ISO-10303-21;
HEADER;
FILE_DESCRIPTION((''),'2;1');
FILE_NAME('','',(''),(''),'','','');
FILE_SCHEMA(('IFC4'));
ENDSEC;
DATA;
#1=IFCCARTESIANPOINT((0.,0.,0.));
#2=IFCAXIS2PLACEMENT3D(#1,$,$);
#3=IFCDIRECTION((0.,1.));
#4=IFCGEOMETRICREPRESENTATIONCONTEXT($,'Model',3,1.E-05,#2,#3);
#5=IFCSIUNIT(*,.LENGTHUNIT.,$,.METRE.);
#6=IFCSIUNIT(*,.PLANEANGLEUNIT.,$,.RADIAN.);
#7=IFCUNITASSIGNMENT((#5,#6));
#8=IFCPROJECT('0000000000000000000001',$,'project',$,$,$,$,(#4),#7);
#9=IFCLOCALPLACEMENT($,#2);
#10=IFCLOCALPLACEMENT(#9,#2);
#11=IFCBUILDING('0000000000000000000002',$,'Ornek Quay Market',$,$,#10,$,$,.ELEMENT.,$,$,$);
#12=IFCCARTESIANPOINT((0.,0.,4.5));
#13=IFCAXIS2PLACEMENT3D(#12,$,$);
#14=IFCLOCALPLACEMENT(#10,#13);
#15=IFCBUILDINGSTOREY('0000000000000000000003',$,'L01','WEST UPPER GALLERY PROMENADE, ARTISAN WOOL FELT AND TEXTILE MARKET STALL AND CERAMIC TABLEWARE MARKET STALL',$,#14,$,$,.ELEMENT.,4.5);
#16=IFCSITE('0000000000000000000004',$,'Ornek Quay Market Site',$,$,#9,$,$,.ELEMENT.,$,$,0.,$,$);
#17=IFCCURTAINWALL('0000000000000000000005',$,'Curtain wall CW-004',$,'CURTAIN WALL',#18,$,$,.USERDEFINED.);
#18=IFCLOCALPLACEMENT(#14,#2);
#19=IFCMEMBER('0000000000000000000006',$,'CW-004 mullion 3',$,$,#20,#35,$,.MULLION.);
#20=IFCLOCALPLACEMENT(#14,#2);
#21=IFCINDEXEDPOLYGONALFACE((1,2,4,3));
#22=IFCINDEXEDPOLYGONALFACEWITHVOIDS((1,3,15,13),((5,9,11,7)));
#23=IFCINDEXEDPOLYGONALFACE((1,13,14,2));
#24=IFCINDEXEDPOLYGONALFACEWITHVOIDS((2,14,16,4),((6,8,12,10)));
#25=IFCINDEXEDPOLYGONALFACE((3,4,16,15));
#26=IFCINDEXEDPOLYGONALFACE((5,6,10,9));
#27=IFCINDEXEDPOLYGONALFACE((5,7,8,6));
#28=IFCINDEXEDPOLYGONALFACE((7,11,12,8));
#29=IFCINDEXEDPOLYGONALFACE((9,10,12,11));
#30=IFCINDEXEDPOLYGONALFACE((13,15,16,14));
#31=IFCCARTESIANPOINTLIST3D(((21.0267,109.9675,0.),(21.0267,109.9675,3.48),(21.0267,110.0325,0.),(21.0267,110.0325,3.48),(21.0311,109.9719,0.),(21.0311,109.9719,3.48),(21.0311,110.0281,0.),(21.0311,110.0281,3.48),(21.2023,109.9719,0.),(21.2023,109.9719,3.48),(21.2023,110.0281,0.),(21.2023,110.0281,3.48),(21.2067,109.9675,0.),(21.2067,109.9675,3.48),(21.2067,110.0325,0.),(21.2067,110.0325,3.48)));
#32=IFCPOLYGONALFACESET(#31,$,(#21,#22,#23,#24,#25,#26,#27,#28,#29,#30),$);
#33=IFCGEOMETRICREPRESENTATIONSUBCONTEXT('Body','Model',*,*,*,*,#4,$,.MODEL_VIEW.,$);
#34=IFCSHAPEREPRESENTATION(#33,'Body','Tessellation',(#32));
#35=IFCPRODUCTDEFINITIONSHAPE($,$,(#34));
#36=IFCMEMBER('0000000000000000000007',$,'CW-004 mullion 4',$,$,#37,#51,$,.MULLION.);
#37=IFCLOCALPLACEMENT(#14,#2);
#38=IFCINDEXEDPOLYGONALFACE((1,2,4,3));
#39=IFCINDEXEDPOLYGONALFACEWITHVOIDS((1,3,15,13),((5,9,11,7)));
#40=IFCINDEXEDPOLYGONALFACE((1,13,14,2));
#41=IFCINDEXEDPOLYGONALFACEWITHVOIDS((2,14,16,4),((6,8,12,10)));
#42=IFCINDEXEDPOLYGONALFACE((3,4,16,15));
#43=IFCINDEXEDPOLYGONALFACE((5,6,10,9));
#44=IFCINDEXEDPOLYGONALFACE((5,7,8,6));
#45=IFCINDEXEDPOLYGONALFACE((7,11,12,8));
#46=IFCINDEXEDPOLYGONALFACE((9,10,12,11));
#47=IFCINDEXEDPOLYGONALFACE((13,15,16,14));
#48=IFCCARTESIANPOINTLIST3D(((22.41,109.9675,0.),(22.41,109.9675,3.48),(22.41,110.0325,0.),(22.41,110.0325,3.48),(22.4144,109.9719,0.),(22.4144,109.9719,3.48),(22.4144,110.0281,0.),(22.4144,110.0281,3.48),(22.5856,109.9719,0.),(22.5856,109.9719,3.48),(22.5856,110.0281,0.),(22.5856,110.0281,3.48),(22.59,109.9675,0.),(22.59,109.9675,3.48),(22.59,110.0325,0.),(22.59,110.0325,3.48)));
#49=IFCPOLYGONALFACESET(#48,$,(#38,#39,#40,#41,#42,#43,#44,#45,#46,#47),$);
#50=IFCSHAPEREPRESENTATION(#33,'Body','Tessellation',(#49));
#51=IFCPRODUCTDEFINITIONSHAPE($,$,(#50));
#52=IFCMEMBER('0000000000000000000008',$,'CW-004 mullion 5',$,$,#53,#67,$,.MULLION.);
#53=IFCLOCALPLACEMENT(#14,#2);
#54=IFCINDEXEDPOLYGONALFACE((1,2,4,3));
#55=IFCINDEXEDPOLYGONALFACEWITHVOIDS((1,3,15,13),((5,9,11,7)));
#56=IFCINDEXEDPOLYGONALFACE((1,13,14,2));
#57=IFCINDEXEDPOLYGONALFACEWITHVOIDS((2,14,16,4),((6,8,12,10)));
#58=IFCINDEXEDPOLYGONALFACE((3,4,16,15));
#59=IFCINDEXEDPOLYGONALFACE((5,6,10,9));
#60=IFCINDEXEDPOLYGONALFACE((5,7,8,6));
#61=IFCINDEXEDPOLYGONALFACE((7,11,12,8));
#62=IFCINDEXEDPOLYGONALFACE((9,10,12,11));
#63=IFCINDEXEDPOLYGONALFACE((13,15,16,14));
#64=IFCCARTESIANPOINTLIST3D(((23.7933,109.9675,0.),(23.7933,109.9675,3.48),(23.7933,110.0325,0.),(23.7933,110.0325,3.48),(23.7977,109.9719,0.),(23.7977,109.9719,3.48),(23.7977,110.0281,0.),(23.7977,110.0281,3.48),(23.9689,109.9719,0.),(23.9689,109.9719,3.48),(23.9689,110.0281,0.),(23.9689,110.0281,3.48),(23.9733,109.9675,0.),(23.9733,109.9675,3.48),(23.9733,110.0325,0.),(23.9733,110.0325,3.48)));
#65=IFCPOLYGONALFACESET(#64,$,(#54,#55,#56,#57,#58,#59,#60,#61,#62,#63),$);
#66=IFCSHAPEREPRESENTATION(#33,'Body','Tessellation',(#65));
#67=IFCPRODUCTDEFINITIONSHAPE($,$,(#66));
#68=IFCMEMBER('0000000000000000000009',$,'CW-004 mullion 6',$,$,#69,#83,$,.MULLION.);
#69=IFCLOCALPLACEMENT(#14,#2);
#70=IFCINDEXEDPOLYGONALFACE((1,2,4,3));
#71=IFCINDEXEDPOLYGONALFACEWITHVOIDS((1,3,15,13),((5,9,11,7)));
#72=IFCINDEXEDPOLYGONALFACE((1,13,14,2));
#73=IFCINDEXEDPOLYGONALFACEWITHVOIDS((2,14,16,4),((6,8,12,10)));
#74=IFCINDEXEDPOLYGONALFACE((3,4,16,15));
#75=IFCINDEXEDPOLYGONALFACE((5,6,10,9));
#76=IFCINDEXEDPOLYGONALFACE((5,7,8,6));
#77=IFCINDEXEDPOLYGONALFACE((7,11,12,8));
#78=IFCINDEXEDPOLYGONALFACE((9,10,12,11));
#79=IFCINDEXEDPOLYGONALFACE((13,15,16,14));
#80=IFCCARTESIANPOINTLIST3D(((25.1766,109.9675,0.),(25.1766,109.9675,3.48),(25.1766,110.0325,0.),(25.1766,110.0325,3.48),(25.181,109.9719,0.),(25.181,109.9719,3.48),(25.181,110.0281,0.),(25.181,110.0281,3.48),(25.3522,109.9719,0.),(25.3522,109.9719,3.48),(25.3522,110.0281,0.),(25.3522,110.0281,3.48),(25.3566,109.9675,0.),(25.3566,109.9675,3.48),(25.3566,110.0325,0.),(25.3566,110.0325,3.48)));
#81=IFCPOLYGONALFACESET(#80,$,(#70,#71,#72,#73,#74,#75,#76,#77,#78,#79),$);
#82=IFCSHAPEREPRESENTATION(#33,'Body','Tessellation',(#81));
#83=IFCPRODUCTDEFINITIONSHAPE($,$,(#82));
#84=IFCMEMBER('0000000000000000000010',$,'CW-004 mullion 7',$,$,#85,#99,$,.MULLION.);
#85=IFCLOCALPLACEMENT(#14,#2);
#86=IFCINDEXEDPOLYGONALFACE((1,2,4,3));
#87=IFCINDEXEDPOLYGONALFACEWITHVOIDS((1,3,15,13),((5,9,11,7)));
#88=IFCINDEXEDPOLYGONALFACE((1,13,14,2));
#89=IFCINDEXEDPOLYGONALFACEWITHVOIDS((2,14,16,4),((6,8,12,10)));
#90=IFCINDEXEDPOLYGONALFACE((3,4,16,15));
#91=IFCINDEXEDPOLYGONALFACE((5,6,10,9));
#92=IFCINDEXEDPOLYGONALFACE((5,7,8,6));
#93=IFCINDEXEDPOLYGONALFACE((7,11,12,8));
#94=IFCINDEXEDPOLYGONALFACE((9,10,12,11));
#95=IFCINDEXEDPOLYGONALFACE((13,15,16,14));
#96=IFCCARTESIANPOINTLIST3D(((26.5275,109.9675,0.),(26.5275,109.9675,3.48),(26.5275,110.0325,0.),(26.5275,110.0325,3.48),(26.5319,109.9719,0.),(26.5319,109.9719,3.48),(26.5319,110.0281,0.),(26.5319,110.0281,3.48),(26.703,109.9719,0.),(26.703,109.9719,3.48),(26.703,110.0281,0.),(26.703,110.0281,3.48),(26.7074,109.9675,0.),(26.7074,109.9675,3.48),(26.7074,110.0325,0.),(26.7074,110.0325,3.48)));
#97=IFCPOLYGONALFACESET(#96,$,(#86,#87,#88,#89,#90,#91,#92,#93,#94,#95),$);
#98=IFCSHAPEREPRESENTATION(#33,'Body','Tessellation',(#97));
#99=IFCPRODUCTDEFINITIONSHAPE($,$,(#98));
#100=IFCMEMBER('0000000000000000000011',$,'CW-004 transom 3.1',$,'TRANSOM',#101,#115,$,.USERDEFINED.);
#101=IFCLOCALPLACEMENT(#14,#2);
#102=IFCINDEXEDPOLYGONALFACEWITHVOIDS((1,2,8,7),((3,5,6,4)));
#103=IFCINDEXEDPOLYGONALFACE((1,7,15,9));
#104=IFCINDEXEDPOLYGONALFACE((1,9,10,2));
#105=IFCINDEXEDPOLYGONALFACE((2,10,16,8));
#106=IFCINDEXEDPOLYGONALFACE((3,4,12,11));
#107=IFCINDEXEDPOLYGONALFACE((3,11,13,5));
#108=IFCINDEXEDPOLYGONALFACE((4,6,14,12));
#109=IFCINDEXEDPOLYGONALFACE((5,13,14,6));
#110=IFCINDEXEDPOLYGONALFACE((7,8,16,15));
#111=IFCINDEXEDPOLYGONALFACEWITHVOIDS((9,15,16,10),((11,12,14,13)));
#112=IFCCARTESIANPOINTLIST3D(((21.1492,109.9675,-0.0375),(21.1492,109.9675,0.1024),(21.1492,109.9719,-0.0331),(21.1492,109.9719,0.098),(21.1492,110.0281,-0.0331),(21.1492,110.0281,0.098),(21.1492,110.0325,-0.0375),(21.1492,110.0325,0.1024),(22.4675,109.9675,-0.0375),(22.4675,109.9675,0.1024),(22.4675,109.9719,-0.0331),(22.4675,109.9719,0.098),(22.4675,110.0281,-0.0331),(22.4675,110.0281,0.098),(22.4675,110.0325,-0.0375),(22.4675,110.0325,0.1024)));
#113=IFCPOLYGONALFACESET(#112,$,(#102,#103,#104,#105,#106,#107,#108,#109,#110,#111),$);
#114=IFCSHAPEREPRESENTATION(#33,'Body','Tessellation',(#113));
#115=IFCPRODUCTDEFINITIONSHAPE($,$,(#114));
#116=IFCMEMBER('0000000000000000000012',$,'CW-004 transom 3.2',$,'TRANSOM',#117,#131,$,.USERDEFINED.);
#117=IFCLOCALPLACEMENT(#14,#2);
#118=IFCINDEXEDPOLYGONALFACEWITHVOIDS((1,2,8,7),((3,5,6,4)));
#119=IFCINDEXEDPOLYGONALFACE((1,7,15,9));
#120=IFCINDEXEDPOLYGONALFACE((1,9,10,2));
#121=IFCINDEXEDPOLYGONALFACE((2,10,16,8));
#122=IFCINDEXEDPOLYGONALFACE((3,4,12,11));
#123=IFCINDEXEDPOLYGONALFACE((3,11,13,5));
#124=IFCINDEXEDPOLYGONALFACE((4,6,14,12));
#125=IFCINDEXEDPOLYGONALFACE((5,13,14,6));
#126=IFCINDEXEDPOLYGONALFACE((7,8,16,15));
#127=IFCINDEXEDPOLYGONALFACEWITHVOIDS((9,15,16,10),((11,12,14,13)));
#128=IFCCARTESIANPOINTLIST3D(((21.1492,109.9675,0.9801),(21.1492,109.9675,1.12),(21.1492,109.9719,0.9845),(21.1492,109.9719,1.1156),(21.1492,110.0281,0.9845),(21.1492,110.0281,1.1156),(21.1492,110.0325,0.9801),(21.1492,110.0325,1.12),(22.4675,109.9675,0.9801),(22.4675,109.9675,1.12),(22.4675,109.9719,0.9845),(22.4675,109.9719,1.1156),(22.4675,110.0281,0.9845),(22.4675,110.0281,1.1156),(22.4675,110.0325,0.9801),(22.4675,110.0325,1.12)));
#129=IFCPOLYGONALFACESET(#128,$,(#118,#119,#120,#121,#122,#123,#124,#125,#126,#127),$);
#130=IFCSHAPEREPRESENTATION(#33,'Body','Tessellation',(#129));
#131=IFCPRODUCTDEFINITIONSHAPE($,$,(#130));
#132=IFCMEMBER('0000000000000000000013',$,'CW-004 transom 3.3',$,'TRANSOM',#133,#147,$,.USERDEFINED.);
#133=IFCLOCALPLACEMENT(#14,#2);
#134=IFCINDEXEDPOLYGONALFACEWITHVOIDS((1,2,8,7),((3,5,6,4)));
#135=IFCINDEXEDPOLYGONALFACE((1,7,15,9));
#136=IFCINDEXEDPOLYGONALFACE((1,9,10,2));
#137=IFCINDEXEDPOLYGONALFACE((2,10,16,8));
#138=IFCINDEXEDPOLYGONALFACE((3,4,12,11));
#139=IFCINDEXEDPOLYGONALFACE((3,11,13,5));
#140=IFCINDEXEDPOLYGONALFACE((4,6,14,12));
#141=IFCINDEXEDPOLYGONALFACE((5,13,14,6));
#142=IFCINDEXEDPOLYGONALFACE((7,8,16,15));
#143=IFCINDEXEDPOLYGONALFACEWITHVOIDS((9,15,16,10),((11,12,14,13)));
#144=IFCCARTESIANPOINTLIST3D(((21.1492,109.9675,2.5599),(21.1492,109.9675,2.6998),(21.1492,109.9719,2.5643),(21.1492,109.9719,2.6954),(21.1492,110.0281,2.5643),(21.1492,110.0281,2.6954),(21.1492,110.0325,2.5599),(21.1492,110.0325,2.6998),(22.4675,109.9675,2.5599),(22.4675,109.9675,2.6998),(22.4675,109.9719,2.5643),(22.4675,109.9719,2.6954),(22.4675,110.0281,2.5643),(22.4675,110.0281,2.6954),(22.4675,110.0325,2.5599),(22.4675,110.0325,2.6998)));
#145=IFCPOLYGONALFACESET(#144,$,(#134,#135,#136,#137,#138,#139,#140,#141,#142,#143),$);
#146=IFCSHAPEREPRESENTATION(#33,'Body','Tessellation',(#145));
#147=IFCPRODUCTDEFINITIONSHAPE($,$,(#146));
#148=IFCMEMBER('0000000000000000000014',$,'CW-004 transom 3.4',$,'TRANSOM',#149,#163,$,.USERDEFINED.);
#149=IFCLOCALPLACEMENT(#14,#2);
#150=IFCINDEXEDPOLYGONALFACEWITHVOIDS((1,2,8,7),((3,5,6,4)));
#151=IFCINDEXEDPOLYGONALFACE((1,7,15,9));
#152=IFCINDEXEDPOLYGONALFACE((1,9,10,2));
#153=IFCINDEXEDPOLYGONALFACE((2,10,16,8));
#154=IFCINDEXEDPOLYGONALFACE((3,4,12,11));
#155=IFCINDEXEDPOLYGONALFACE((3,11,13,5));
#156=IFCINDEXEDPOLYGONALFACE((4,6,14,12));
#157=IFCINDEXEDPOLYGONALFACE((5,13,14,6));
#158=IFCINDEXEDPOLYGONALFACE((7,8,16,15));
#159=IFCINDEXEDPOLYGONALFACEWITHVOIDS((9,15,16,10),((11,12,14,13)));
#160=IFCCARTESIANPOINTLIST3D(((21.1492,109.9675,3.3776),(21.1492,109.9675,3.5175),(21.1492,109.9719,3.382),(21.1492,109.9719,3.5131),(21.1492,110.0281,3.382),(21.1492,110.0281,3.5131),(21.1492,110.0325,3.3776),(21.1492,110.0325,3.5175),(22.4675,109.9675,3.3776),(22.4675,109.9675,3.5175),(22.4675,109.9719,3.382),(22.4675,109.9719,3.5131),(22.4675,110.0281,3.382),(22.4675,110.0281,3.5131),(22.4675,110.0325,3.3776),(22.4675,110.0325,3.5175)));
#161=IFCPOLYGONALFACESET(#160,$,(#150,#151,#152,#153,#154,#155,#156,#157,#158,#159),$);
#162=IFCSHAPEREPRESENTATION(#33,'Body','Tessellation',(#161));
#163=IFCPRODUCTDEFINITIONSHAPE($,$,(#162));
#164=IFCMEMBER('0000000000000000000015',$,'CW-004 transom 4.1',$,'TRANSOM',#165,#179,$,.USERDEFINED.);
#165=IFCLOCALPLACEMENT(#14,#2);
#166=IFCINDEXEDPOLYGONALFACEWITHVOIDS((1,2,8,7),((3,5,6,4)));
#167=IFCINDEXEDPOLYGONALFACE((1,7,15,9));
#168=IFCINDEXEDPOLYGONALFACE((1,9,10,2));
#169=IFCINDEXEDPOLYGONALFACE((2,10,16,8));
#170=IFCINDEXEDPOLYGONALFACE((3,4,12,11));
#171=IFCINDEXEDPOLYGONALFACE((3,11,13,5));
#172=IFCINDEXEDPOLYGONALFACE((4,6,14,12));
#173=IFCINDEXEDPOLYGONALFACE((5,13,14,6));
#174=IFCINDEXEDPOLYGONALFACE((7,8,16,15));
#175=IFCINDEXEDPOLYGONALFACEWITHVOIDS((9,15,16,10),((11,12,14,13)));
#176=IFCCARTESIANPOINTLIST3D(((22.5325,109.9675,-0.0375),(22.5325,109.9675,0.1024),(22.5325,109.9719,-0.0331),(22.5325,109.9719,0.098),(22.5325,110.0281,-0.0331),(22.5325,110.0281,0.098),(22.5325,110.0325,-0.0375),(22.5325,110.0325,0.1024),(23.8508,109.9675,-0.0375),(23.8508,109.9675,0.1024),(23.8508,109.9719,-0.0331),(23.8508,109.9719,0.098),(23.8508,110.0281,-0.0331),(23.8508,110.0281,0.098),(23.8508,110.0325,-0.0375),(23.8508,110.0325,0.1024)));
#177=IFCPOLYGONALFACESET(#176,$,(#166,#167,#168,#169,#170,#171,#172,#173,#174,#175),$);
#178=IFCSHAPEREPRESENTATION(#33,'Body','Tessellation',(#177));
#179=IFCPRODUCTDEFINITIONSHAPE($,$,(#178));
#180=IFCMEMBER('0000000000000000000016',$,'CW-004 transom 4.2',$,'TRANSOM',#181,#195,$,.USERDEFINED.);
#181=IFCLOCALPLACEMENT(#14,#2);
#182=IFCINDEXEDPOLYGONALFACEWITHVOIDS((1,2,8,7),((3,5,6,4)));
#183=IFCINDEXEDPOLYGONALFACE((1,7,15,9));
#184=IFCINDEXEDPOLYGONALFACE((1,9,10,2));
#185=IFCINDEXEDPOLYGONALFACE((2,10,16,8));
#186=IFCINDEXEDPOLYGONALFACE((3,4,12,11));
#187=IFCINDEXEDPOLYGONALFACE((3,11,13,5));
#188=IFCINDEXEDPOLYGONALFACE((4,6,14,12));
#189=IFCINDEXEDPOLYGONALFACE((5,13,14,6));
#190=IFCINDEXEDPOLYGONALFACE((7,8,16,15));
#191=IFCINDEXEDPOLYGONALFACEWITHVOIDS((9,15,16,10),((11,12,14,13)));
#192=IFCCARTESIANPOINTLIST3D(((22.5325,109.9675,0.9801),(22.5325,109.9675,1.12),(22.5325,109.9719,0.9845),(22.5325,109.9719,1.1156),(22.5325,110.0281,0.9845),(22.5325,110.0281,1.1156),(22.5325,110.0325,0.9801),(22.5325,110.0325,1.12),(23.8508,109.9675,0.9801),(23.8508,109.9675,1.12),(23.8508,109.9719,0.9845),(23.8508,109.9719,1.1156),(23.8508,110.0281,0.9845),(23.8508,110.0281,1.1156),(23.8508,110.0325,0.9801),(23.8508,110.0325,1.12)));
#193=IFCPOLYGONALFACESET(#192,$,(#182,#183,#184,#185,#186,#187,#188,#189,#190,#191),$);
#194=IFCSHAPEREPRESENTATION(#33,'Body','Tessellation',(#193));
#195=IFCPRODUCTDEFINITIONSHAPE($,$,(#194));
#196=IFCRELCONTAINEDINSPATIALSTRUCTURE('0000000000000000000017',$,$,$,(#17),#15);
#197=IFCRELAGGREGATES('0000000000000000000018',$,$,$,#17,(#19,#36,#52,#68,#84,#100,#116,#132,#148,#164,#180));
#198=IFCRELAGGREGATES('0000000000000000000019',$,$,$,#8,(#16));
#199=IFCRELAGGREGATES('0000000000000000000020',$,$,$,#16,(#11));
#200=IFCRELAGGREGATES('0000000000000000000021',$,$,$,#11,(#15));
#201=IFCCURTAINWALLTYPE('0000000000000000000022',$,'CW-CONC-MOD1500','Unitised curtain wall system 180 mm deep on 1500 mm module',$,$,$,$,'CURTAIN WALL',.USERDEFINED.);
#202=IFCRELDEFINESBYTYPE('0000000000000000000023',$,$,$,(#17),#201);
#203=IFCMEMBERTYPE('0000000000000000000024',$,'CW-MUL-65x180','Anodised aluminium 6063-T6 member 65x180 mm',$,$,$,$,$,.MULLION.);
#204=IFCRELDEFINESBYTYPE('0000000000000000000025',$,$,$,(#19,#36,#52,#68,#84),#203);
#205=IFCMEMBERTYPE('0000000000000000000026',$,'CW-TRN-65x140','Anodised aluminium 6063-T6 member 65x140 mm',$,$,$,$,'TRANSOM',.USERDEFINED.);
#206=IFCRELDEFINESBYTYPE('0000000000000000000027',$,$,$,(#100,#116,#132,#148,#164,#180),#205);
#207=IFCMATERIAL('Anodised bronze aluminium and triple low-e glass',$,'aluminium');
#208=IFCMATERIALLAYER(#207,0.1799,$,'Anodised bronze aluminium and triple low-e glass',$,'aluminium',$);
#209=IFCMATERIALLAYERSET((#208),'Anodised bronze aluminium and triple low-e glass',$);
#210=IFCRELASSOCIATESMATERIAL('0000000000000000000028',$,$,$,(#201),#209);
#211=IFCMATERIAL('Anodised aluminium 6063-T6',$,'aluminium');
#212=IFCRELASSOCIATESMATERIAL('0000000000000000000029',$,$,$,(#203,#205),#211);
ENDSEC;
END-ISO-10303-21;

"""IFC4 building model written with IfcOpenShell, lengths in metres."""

from ifc_helpers import new_model, si_unit, direction, frame, origin, origin_2d, place, context, subcontext, project, spatial, hollow_rectangle, extrude, material, layer, layer_set, material_profile, profile_set, type_object, element, aggregate, save


model = new_model("IFC4")

# Units and contexts
model_context = context("Model", 3, precision=1e-05, world=origin(), true_north=direction((0.0, 1.0)))
body_context = subcontext(model_context, "Body", "Model", "MODEL_VIEW")
ifc_project = project(units=[si_unit("LENGTHUNIT", "METRE"), si_unit("PLANEANGLEUNIT", "RADIAN")], contexts=[model_context])

# Site, building, storey
site_placement = place(None, origin())
site = spatial("IfcSite", under=ifc_project, at=site_placement, Name="Ornek Quay Market Site", CompositionType="ELEMENT", RefElevation=0.0)
building_placement = place(site_placement, origin())
building = spatial("IfcBuilding", under=site, at=building_placement, Name="Ornek Quay Market", CompositionType="ELEMENT")
storey_placement = place(building_placement, frame((0.0, 0.0, 4.5)))
storey = spatial("IfcBuildingStorey", under=building, at=storey_placement, Name="L01", Description="WEST UPPER GALLERY PROMENADE, ARTISAN WOOL FELT AND TEXTILE MARKET STALL AND CERAMIC TABLEWARE MARKET STALL", CompositionType="ELEMENT", Elevation=4.5)

# Curtain wall, members
ifc_material_1 = material(Name="Anodised bronze aluminium and triple low-e glass", Category="aluminium")
ifc_layer_1 = layer(ifc_material_1, 0.1799, Name="Anodised bronze aluminium and triple low-e glass", Category="aluminium")
ifc_layer_set_1 = layer_set([ifc_layer_1], Name="Anodised bronze aluminium and triple low-e glass")
curtain_wall_type = type_object("IfcCurtainWallType", Name="CW-CONC-MOD1500", Description="Unitised curtain wall system 180 mm deep on 1500 mm module", ElementType="CURTAIN WALL", PredefinedType="USERDEFINED", material=ifc_layer_set_1)
curtain_wall_placement = place(storey_placement, origin())
curtain_wall = element("IfcCurtainWall", 1, at=curtain_wall_placement, inside=storey, type_object=curtain_wall_type, Name="Curtain wall CW-004", ObjectType="CURTAIN WALL", PredefinedType="USERDEFINED")
ifc_material_2 = material(Name="Anodised aluminium 6063-T6", Category="aluminium")
ifc_material_profile_1 = material_profile(ifc_material_2, hollow_rectangle(XDim=0.0649, YDim=0.1799, WallThickness=0.0044, at=origin_2d()), Name="CW-MUL-65x180", Category="aluminium")
ifc_profile_set_1 = profile_set([ifc_material_profile_1], Name="Anodised aluminium 6063-T6")
member_type_1 = type_object("IfcMemberType", Name="CW-MUL-65x180", Description="Anodised aluminium 6063-T6 member 65x180 mm", PredefinedType="MULLION", material=ifc_profile_set_1)
member_1_placement = place(storey_placement, frame((21.1167, 110.0, 0.0), z_axis=(0.0, 0.0, 1.0), x_axis=(0.0, 1.0, 0.0)))
member_1 = element("IfcMember", 2, at=member_1_placement, type_object=member_type_1, Name="CW-004 mullion 3", PredefinedType="MULLION", context=body_context, shape_type="SweptSolid", body=[
    extrude(hollow_rectangle(XDim=0.0649, YDim=0.1799, WallThickness=0.0044, at=origin_2d()), origin(), (0.0, 0.0, 1.0), 3.48),
])
member_2_placement = place(storey_placement, frame((22.5, 110.0, 0.0), z_axis=(0.0, 0.0, 1.0), x_axis=(0.0, 1.0, 0.0)))
member_2 = element("IfcMember", 3, at=member_2_placement, type_object=member_type_1, Name="CW-004 mullion 4", PredefinedType="MULLION", context=body_context, shape_type="SweptSolid", body=[
    extrude(hollow_rectangle(XDim=0.0649, YDim=0.1799, WallThickness=0.0044, at=origin_2d()), origin(), (0.0, 0.0, 1.0), 3.48),
])
member_3_placement = place(storey_placement, frame((23.8833, 110.0, 0.0), z_axis=(0.0, 0.0, 1.0), x_axis=(0.0, 1.0, 0.0)))
member_3 = element("IfcMember", 4, at=member_3_placement, type_object=member_type_1, Name="CW-004 mullion 5", PredefinedType="MULLION", context=body_context, shape_type="SweptSolid", body=[
    extrude(hollow_rectangle(XDim=0.0649, YDim=0.1799, WallThickness=0.0044, at=origin_2d()), origin(), (0.0, 0.0, 1.0), 3.48),
])
member_4_placement = place(storey_placement, frame((25.2666, 110.0, 0.0), z_axis=(0.0, 0.0, 1.0), x_axis=(0.0, 1.0, 0.0)))
member_4 = element("IfcMember", 5, at=member_4_placement, type_object=member_type_1, Name="CW-004 mullion 6", PredefinedType="MULLION", context=body_context, shape_type="SweptSolid", body=[
    extrude(hollow_rectangle(XDim=0.0649, YDim=0.1799, WallThickness=0.0044, at=origin_2d()), origin(), (0.0, 0.0, 1.0), 3.48),
])
member_5_placement = place(storey_placement, frame((26.6174, 110.0, 0.0), z_axis=(0.0, 0.0, 1.0), x_axis=(0.0, 1.0, 0.0)))
member_5 = element("IfcMember", 6, at=member_5_placement, type_object=member_type_1, Name="CW-004 mullion 7", PredefinedType="MULLION", context=body_context, shape_type="SweptSolid", body=[
    extrude(hollow_rectangle(XDim=0.0649, YDim=0.1799, WallThickness=0.0044, at=origin_2d()), origin(), (0.0, 0.0, 1.0), 3.48),
])
ifc_material_profile_2 = material_profile(ifc_material_2, hollow_rectangle(XDim=0.0649, YDim=0.1399, WallThickness=0.0044, at=origin_2d()), Name="CW-TRN-65x140", Category="aluminium")
ifc_profile_set_2 = profile_set([ifc_material_profile_2], Name="Anodised aluminium 6063-T6")
member_type_2 = type_object("IfcMemberType", Name="CW-TRN-65x140", Description="Anodised aluminium 6063-T6 member 65x140 mm", ElementType="TRANSOM", PredefinedType="USERDEFINED", material=ifc_profile_set_2)
member_6_placement = place(storey_placement, frame((21.1492, 110.0, 0.0325), z_axis=(1.0, 0.0, 0.0), x_axis=(0.0, 1.0, 0.0)))
member_6 = element("IfcMember", 7, at=member_6_placement, type_object=member_type_2, Name="CW-004 transom 3.1", ObjectType="TRANSOM", PredefinedType="USERDEFINED", context=body_context, shape_type="SweptSolid", body=[
    extrude(hollow_rectangle(XDim=0.0649, YDim=0.1399, WallThickness=0.0044, at=origin_2d()), origin(), (0.0, 0.0, 1.0), 1.3184),
])
member_7_placement = place(storey_placement, frame((21.1492, 110.0, 1.05), z_axis=(1.0, 0.0, 0.0), x_axis=(0.0, 1.0, 0.0)))
member_7 = element("IfcMember", 8, at=member_7_placement, type_object=member_type_2, Name="CW-004 transom 3.2", ObjectType="TRANSOM", PredefinedType="USERDEFINED", context=body_context, shape_type="SweptSolid", body=[
    extrude(hollow_rectangle(XDim=0.0649, YDim=0.1399, WallThickness=0.0044, at=origin_2d()), origin(), (0.0, 0.0, 1.0), 1.3184),
])
member_8_placement = place(storey_placement, frame((21.1492, 110.0, 2.6299), z_axis=(1.0, 0.0, 0.0), x_axis=(0.0, 1.0, 0.0)))
member_8 = element("IfcMember", 9, at=member_8_placement, type_object=member_type_2, Name="CW-004 transom 3.3", ObjectType="TRANSOM", PredefinedType="USERDEFINED", context=body_context, shape_type="SweptSolid", body=[
    extrude(hollow_rectangle(XDim=0.0649, YDim=0.1399, WallThickness=0.0044, at=origin_2d()), origin(), (0.0, 0.0, 1.0), 1.3184),
])
member_9_placement = place(storey_placement, frame((21.1492, 110.0, 3.4475), z_axis=(1.0, 0.0, 0.0), x_axis=(0.0, 1.0, 0.0)))
member_9 = element("IfcMember", 10, at=member_9_placement, type_object=member_type_2, Name="CW-004 transom 3.4", ObjectType="TRANSOM", PredefinedType="USERDEFINED", context=body_context, shape_type="SweptSolid", body=[
    extrude(hollow_rectangle(XDim=0.0649, YDim=0.1399, WallThickness=0.0044, at=origin_2d()), origin(), (0.0, 0.0, 1.0), 1.3184),
])
member_10_placement = place(storey_placement, frame((22.5325, 110.0, 0.0325), z_axis=(1.0, 0.0, 0.0), x_axis=(0.0, 1.0, 0.0)))
member_10 = element("IfcMember", 11, at=member_10_placement, type_object=member_type_2, Name="CW-004 transom 4.1", ObjectType="TRANSOM", PredefinedType="USERDEFINED", context=body_context, shape_type="SweptSolid", body=[
    extrude(hollow_rectangle(XDim=0.0649, YDim=0.1399, WallThickness=0.0044, at=origin_2d()), origin(), (0.0, 0.0, 1.0), 1.3184),
])
member_11_placement = place(storey_placement, frame((22.5325, 110.0, 1.05), z_axis=(1.0, 0.0, 0.0), x_axis=(0.0, 1.0, 0.0)))
member_11 = element("IfcMember", 12, at=member_11_placement, type_object=member_type_2, Name="CW-004 transom 4.2", ObjectType="TRANSOM", PredefinedType="USERDEFINED", context=body_context, shape_type="SweptSolid", body=[
    extrude(hollow_rectangle(XDim=0.0649, YDim=0.1399, WallThickness=0.0044, at=origin_2d()), origin(), (0.0, 0.0, 1.0), 1.3184),
])
aggregate(curtain_wall, [member_1, member_2, member_3, member_4, member_5, member_6, member_7, member_8, member_9, member_10, member_11])

save(model, "model.ifc")
